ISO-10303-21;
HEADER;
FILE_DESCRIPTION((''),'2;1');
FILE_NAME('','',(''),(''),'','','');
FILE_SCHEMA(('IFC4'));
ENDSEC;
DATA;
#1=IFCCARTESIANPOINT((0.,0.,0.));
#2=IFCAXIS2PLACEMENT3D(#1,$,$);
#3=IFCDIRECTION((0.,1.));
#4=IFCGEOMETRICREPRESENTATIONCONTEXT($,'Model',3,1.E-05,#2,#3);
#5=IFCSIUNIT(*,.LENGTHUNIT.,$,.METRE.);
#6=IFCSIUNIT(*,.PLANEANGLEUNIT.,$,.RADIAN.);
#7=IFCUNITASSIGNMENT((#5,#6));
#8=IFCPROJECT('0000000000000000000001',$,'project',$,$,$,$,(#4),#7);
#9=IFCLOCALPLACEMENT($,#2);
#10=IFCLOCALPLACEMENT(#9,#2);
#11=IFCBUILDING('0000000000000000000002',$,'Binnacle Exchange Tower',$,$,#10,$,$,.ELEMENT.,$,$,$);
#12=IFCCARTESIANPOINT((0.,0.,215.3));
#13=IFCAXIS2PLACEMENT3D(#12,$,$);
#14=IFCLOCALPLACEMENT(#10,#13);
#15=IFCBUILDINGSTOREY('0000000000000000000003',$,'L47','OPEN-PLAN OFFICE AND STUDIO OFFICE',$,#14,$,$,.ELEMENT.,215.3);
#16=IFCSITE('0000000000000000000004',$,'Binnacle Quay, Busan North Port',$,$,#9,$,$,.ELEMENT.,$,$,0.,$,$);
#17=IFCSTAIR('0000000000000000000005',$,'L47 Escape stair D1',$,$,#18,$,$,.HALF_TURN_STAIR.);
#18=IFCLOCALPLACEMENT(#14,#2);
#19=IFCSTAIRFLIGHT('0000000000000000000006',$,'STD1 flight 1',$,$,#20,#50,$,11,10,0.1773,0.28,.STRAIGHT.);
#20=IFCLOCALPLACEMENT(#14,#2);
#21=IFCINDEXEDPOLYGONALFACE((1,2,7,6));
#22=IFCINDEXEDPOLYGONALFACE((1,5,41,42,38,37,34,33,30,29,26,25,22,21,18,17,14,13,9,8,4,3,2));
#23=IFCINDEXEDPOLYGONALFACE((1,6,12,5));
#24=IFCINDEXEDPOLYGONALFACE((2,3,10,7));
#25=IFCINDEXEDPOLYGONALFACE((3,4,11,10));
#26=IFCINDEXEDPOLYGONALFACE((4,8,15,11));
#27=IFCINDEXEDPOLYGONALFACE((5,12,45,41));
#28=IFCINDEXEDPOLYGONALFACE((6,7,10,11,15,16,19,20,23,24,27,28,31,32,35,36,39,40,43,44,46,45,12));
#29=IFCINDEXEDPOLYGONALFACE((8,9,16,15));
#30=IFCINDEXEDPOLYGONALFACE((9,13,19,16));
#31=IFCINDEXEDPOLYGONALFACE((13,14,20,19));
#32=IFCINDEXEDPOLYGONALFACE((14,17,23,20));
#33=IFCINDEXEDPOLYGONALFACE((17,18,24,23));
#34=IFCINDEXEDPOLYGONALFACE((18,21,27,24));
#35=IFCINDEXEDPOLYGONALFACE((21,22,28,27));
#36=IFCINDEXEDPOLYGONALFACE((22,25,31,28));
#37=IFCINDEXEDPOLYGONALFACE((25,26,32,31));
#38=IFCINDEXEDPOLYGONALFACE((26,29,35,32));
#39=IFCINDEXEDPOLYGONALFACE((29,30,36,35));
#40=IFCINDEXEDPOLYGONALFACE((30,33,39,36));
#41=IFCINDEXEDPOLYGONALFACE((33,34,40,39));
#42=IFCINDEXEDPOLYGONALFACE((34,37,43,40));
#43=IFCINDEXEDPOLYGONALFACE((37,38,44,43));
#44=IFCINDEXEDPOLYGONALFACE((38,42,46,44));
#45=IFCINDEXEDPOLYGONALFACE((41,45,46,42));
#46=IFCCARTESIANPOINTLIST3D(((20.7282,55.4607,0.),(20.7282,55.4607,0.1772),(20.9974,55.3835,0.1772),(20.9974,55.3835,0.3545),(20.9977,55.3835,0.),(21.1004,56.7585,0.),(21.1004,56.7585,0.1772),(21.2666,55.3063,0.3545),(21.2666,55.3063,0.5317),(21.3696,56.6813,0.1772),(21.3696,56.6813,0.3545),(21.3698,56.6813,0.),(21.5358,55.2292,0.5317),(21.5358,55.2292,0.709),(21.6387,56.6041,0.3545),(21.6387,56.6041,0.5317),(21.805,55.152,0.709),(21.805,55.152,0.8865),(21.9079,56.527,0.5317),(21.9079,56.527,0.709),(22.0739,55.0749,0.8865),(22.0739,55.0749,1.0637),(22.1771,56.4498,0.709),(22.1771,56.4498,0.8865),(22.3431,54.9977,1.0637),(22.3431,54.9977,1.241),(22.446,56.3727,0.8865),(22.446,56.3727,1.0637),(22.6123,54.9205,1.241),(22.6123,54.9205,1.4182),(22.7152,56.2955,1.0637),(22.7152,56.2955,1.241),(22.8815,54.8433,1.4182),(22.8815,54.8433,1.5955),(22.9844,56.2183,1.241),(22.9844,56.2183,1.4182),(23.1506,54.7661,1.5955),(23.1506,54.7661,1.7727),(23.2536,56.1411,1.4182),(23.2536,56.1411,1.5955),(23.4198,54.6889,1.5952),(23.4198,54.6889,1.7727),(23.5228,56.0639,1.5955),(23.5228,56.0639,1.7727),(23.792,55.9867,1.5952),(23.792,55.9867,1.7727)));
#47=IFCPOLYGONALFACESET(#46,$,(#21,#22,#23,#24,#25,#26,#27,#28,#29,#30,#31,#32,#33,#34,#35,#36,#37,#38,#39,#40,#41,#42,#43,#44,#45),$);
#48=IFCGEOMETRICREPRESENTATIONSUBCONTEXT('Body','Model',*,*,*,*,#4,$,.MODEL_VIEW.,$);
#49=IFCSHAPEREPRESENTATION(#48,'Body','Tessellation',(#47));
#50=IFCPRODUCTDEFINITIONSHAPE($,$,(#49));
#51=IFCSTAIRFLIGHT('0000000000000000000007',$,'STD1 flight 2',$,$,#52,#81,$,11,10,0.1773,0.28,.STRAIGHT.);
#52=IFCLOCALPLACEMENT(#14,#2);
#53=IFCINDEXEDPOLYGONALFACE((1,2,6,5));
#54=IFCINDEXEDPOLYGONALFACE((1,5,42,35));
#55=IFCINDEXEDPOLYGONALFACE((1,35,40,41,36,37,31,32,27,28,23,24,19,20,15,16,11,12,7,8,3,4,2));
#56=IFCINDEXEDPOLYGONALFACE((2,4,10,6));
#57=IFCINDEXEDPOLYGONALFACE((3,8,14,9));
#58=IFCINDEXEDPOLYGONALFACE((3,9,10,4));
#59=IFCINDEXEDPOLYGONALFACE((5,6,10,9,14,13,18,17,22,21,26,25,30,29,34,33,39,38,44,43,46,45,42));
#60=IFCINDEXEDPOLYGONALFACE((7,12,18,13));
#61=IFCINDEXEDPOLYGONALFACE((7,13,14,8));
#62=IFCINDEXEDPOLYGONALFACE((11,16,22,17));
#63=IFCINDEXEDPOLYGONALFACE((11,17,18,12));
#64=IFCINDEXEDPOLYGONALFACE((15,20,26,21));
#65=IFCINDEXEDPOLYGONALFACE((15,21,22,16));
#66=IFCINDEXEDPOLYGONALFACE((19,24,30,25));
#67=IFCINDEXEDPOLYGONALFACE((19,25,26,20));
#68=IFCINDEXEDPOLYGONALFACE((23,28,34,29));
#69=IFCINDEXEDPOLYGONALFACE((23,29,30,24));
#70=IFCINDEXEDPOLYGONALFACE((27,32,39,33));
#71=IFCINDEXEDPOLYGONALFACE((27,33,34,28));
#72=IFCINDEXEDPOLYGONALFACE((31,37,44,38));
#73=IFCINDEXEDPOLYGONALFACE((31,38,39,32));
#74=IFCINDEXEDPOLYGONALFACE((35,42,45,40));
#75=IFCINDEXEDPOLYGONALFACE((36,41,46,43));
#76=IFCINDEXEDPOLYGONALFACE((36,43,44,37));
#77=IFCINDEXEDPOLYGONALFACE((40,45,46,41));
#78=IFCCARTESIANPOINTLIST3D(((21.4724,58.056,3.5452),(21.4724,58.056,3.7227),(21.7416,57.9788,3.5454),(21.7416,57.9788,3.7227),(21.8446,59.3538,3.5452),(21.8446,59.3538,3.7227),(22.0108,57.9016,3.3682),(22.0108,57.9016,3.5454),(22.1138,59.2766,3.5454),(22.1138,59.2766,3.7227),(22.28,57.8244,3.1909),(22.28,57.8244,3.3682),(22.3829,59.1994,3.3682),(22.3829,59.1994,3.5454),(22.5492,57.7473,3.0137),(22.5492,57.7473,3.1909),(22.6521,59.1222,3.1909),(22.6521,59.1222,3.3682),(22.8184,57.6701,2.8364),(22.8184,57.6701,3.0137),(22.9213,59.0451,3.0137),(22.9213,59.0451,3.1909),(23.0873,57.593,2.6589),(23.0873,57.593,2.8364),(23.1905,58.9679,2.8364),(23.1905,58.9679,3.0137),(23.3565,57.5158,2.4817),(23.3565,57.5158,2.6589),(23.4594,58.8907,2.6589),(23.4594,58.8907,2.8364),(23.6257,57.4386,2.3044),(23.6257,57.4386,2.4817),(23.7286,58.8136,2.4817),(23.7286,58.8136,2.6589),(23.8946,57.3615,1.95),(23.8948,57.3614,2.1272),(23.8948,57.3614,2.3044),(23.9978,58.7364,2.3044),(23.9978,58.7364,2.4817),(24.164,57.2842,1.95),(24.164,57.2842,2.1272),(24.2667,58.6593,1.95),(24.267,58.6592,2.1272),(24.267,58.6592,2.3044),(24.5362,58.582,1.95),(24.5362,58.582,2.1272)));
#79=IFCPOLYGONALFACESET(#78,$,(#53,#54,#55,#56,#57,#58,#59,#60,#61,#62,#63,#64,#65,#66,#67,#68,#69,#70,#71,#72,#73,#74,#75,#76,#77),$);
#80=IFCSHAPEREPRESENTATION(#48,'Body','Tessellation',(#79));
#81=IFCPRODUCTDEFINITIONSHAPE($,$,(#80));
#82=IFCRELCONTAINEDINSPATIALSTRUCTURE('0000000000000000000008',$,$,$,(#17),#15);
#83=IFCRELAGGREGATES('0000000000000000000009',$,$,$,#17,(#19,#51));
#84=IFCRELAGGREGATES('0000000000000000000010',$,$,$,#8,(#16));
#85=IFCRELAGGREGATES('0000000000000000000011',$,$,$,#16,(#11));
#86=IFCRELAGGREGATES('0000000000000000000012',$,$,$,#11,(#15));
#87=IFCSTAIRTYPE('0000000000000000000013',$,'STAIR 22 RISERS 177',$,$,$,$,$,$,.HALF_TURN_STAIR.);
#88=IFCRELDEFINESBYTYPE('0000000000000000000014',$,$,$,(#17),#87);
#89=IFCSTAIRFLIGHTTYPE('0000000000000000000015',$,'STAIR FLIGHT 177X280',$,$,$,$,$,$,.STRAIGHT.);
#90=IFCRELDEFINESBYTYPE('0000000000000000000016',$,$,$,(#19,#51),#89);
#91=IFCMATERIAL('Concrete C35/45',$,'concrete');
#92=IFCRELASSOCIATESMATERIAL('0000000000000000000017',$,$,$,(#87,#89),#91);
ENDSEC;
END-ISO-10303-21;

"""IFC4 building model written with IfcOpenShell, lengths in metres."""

from ifc_helpers import new_model, si_unit, direction, frame, origin, place, context, subcontext, project, spatial, polyline, outline, extrude, material, type_object, element, aggregate, save


model = new_model("IFC4")

# Units and contexts
model_context = context("Model", 3, precision=1e-05, world=origin(), true_north=direction((0.0, 1.0)))
body_context = subcontext(model_context, "Body", "Model", "MODEL_VIEW")
ifc_project = project(units=[si_unit("LENGTHUNIT", "METRE"), si_unit("PLANEANGLEUNIT", "RADIAN")], contexts=[model_context])

# Site, building, storey
site_placement = place(None, origin())
site = spatial("IfcSite", under=ifc_project, at=site_placement, Name="Binnacle Quay, Busan North Port", CompositionType="ELEMENT", RefElevation=0.0)
building_placement = place(site_placement, origin())
building = spatial("IfcBuilding", under=site, at=building_placement, Name="Binnacle Exchange Tower", CompositionType="ELEMENT")
storey_placement = place(building_placement, frame((0.0, 0.0, 215.3)))
storey = spatial("IfcBuildingStorey", under=building, at=storey_placement, Name="L47", Description="OPEN-PLAN OFFICE AND STUDIO OFFICE", CompositionType="ELEMENT", Elevation=215.3)

# Stair, stair flights
ifc_material_1 = material(Name="Concrete C35/45", Category="concrete")
stair_type = type_object("IfcStairType", Name="STAIR 22 RISERS 177", PredefinedType="HALF_TURN_STAIR", material=ifc_material_1)
stair_placement = place(storey_placement, origin())
stair = element("IfcStair", 1, at=stair_placement, inside=storey, type_object=stair_type, Name="L47 Escape stair D1", PredefinedType="HALF_TURN_STAIR")
stair_flight_type = type_object("IfcStairFlightType", Name="STAIR FLIGHT 177X280", PredefinedType="STRAIGHT", material=ifc_material_1)
stair_flight_1_placement = place(storey_placement, frame((20.9143, 56.1096, 0.0), z_axis=(0.0, 0.0, 1.0), x_axis=(0.961262, -0.275637, 0.0)))
stair_flight_1 = element("IfcStairFlight", 2, at=stair_flight_1_placement, type_object=stair_flight_type, Name="STD1 flight 1", NumberOfRisers=11, NumberOfTreads=10, PredefinedType="STRAIGHT", RiserHeight=0.1773, TreadLength=0.28, context=body_context, shape_type="SweptSolid", body=[
    extrude(outline(polyline([(0.0, 0.0), (0.0, 0.1772), (0.28, 0.1772), (0.28, 0.3545), (0.5601, 0.3545), (0.5601, 0.5317), (0.8401, 0.5317), (0.8401, 0.709), (1.1201, 0.709), (1.1201, 0.8865), (1.3999, 0.8865), (1.3999, 1.0637), (1.6799, 1.0637), (1.6799, 1.241), (1.96, 1.241), (1.96, 1.4182), (2.24, 1.4182), (2.24, 1.5955), (2.52, 1.5955), (2.52, 1.7727), (2.8, 1.7727), (2.8, 1.95), (2.8, 1.5952), (0.2803, 0.0), (0.0, 0.0)])), frame((0.0, 0.675, 0.0), z_axis=(0.0, -1.0, 0.0), x_axis=(1.0, 0.0, 0.0)), (0.0, 0.0, 1.0), 1.3501),
])
stair_flight_2_placement = place(storey_placement, frame((24.3501, 57.9331, 1.95), z_axis=(0.0, 0.0, 1.0), x_axis=(-0.961262, 0.275637, 0.0)))
stair_flight_2 = element("IfcStairFlight", 3, at=stair_flight_2_placement, type_object=stair_flight_type, Name="STD1 flight 2", NumberOfRisers=11, NumberOfTreads=10, PredefinedType="STRAIGHT", RiserHeight=0.1773, TreadLength=0.28, context=body_context, shape_type="SweptSolid", body=[
    extrude(outline(polyline([(0.0, 0.0), (0.0, 0.1772), (0.28, 0.1772), (0.28, 0.3545), (0.5601, 0.3545), (0.5601, 0.5317), (0.8401, 0.5317), (0.8401, 0.709), (1.1201, 0.709), (1.1201, 0.8865), (1.3999, 0.8865), (1.3999, 1.0637), (1.6799, 1.0637), (1.6799, 1.241), (1.96, 1.241), (1.96, 1.4182), (2.24, 1.4182), (2.24, 1.5955), (2.52, 1.5955), (2.52, 1.7727), (2.8, 1.7727), (2.8, 1.95), (2.8, 1.5952), (0.2803, 0.0), (0.0, 0.0)])), frame((0.0, 0.675, 0.0), z_axis=(0.0, -1.0, 0.0), x_axis=(1.0, 0.0, 0.0)), (0.0, 0.0, 1.0), 1.3501),
])
aggregate(stair, [stair_flight_1, stair_flight_2])

save(model, "model.ifc")
